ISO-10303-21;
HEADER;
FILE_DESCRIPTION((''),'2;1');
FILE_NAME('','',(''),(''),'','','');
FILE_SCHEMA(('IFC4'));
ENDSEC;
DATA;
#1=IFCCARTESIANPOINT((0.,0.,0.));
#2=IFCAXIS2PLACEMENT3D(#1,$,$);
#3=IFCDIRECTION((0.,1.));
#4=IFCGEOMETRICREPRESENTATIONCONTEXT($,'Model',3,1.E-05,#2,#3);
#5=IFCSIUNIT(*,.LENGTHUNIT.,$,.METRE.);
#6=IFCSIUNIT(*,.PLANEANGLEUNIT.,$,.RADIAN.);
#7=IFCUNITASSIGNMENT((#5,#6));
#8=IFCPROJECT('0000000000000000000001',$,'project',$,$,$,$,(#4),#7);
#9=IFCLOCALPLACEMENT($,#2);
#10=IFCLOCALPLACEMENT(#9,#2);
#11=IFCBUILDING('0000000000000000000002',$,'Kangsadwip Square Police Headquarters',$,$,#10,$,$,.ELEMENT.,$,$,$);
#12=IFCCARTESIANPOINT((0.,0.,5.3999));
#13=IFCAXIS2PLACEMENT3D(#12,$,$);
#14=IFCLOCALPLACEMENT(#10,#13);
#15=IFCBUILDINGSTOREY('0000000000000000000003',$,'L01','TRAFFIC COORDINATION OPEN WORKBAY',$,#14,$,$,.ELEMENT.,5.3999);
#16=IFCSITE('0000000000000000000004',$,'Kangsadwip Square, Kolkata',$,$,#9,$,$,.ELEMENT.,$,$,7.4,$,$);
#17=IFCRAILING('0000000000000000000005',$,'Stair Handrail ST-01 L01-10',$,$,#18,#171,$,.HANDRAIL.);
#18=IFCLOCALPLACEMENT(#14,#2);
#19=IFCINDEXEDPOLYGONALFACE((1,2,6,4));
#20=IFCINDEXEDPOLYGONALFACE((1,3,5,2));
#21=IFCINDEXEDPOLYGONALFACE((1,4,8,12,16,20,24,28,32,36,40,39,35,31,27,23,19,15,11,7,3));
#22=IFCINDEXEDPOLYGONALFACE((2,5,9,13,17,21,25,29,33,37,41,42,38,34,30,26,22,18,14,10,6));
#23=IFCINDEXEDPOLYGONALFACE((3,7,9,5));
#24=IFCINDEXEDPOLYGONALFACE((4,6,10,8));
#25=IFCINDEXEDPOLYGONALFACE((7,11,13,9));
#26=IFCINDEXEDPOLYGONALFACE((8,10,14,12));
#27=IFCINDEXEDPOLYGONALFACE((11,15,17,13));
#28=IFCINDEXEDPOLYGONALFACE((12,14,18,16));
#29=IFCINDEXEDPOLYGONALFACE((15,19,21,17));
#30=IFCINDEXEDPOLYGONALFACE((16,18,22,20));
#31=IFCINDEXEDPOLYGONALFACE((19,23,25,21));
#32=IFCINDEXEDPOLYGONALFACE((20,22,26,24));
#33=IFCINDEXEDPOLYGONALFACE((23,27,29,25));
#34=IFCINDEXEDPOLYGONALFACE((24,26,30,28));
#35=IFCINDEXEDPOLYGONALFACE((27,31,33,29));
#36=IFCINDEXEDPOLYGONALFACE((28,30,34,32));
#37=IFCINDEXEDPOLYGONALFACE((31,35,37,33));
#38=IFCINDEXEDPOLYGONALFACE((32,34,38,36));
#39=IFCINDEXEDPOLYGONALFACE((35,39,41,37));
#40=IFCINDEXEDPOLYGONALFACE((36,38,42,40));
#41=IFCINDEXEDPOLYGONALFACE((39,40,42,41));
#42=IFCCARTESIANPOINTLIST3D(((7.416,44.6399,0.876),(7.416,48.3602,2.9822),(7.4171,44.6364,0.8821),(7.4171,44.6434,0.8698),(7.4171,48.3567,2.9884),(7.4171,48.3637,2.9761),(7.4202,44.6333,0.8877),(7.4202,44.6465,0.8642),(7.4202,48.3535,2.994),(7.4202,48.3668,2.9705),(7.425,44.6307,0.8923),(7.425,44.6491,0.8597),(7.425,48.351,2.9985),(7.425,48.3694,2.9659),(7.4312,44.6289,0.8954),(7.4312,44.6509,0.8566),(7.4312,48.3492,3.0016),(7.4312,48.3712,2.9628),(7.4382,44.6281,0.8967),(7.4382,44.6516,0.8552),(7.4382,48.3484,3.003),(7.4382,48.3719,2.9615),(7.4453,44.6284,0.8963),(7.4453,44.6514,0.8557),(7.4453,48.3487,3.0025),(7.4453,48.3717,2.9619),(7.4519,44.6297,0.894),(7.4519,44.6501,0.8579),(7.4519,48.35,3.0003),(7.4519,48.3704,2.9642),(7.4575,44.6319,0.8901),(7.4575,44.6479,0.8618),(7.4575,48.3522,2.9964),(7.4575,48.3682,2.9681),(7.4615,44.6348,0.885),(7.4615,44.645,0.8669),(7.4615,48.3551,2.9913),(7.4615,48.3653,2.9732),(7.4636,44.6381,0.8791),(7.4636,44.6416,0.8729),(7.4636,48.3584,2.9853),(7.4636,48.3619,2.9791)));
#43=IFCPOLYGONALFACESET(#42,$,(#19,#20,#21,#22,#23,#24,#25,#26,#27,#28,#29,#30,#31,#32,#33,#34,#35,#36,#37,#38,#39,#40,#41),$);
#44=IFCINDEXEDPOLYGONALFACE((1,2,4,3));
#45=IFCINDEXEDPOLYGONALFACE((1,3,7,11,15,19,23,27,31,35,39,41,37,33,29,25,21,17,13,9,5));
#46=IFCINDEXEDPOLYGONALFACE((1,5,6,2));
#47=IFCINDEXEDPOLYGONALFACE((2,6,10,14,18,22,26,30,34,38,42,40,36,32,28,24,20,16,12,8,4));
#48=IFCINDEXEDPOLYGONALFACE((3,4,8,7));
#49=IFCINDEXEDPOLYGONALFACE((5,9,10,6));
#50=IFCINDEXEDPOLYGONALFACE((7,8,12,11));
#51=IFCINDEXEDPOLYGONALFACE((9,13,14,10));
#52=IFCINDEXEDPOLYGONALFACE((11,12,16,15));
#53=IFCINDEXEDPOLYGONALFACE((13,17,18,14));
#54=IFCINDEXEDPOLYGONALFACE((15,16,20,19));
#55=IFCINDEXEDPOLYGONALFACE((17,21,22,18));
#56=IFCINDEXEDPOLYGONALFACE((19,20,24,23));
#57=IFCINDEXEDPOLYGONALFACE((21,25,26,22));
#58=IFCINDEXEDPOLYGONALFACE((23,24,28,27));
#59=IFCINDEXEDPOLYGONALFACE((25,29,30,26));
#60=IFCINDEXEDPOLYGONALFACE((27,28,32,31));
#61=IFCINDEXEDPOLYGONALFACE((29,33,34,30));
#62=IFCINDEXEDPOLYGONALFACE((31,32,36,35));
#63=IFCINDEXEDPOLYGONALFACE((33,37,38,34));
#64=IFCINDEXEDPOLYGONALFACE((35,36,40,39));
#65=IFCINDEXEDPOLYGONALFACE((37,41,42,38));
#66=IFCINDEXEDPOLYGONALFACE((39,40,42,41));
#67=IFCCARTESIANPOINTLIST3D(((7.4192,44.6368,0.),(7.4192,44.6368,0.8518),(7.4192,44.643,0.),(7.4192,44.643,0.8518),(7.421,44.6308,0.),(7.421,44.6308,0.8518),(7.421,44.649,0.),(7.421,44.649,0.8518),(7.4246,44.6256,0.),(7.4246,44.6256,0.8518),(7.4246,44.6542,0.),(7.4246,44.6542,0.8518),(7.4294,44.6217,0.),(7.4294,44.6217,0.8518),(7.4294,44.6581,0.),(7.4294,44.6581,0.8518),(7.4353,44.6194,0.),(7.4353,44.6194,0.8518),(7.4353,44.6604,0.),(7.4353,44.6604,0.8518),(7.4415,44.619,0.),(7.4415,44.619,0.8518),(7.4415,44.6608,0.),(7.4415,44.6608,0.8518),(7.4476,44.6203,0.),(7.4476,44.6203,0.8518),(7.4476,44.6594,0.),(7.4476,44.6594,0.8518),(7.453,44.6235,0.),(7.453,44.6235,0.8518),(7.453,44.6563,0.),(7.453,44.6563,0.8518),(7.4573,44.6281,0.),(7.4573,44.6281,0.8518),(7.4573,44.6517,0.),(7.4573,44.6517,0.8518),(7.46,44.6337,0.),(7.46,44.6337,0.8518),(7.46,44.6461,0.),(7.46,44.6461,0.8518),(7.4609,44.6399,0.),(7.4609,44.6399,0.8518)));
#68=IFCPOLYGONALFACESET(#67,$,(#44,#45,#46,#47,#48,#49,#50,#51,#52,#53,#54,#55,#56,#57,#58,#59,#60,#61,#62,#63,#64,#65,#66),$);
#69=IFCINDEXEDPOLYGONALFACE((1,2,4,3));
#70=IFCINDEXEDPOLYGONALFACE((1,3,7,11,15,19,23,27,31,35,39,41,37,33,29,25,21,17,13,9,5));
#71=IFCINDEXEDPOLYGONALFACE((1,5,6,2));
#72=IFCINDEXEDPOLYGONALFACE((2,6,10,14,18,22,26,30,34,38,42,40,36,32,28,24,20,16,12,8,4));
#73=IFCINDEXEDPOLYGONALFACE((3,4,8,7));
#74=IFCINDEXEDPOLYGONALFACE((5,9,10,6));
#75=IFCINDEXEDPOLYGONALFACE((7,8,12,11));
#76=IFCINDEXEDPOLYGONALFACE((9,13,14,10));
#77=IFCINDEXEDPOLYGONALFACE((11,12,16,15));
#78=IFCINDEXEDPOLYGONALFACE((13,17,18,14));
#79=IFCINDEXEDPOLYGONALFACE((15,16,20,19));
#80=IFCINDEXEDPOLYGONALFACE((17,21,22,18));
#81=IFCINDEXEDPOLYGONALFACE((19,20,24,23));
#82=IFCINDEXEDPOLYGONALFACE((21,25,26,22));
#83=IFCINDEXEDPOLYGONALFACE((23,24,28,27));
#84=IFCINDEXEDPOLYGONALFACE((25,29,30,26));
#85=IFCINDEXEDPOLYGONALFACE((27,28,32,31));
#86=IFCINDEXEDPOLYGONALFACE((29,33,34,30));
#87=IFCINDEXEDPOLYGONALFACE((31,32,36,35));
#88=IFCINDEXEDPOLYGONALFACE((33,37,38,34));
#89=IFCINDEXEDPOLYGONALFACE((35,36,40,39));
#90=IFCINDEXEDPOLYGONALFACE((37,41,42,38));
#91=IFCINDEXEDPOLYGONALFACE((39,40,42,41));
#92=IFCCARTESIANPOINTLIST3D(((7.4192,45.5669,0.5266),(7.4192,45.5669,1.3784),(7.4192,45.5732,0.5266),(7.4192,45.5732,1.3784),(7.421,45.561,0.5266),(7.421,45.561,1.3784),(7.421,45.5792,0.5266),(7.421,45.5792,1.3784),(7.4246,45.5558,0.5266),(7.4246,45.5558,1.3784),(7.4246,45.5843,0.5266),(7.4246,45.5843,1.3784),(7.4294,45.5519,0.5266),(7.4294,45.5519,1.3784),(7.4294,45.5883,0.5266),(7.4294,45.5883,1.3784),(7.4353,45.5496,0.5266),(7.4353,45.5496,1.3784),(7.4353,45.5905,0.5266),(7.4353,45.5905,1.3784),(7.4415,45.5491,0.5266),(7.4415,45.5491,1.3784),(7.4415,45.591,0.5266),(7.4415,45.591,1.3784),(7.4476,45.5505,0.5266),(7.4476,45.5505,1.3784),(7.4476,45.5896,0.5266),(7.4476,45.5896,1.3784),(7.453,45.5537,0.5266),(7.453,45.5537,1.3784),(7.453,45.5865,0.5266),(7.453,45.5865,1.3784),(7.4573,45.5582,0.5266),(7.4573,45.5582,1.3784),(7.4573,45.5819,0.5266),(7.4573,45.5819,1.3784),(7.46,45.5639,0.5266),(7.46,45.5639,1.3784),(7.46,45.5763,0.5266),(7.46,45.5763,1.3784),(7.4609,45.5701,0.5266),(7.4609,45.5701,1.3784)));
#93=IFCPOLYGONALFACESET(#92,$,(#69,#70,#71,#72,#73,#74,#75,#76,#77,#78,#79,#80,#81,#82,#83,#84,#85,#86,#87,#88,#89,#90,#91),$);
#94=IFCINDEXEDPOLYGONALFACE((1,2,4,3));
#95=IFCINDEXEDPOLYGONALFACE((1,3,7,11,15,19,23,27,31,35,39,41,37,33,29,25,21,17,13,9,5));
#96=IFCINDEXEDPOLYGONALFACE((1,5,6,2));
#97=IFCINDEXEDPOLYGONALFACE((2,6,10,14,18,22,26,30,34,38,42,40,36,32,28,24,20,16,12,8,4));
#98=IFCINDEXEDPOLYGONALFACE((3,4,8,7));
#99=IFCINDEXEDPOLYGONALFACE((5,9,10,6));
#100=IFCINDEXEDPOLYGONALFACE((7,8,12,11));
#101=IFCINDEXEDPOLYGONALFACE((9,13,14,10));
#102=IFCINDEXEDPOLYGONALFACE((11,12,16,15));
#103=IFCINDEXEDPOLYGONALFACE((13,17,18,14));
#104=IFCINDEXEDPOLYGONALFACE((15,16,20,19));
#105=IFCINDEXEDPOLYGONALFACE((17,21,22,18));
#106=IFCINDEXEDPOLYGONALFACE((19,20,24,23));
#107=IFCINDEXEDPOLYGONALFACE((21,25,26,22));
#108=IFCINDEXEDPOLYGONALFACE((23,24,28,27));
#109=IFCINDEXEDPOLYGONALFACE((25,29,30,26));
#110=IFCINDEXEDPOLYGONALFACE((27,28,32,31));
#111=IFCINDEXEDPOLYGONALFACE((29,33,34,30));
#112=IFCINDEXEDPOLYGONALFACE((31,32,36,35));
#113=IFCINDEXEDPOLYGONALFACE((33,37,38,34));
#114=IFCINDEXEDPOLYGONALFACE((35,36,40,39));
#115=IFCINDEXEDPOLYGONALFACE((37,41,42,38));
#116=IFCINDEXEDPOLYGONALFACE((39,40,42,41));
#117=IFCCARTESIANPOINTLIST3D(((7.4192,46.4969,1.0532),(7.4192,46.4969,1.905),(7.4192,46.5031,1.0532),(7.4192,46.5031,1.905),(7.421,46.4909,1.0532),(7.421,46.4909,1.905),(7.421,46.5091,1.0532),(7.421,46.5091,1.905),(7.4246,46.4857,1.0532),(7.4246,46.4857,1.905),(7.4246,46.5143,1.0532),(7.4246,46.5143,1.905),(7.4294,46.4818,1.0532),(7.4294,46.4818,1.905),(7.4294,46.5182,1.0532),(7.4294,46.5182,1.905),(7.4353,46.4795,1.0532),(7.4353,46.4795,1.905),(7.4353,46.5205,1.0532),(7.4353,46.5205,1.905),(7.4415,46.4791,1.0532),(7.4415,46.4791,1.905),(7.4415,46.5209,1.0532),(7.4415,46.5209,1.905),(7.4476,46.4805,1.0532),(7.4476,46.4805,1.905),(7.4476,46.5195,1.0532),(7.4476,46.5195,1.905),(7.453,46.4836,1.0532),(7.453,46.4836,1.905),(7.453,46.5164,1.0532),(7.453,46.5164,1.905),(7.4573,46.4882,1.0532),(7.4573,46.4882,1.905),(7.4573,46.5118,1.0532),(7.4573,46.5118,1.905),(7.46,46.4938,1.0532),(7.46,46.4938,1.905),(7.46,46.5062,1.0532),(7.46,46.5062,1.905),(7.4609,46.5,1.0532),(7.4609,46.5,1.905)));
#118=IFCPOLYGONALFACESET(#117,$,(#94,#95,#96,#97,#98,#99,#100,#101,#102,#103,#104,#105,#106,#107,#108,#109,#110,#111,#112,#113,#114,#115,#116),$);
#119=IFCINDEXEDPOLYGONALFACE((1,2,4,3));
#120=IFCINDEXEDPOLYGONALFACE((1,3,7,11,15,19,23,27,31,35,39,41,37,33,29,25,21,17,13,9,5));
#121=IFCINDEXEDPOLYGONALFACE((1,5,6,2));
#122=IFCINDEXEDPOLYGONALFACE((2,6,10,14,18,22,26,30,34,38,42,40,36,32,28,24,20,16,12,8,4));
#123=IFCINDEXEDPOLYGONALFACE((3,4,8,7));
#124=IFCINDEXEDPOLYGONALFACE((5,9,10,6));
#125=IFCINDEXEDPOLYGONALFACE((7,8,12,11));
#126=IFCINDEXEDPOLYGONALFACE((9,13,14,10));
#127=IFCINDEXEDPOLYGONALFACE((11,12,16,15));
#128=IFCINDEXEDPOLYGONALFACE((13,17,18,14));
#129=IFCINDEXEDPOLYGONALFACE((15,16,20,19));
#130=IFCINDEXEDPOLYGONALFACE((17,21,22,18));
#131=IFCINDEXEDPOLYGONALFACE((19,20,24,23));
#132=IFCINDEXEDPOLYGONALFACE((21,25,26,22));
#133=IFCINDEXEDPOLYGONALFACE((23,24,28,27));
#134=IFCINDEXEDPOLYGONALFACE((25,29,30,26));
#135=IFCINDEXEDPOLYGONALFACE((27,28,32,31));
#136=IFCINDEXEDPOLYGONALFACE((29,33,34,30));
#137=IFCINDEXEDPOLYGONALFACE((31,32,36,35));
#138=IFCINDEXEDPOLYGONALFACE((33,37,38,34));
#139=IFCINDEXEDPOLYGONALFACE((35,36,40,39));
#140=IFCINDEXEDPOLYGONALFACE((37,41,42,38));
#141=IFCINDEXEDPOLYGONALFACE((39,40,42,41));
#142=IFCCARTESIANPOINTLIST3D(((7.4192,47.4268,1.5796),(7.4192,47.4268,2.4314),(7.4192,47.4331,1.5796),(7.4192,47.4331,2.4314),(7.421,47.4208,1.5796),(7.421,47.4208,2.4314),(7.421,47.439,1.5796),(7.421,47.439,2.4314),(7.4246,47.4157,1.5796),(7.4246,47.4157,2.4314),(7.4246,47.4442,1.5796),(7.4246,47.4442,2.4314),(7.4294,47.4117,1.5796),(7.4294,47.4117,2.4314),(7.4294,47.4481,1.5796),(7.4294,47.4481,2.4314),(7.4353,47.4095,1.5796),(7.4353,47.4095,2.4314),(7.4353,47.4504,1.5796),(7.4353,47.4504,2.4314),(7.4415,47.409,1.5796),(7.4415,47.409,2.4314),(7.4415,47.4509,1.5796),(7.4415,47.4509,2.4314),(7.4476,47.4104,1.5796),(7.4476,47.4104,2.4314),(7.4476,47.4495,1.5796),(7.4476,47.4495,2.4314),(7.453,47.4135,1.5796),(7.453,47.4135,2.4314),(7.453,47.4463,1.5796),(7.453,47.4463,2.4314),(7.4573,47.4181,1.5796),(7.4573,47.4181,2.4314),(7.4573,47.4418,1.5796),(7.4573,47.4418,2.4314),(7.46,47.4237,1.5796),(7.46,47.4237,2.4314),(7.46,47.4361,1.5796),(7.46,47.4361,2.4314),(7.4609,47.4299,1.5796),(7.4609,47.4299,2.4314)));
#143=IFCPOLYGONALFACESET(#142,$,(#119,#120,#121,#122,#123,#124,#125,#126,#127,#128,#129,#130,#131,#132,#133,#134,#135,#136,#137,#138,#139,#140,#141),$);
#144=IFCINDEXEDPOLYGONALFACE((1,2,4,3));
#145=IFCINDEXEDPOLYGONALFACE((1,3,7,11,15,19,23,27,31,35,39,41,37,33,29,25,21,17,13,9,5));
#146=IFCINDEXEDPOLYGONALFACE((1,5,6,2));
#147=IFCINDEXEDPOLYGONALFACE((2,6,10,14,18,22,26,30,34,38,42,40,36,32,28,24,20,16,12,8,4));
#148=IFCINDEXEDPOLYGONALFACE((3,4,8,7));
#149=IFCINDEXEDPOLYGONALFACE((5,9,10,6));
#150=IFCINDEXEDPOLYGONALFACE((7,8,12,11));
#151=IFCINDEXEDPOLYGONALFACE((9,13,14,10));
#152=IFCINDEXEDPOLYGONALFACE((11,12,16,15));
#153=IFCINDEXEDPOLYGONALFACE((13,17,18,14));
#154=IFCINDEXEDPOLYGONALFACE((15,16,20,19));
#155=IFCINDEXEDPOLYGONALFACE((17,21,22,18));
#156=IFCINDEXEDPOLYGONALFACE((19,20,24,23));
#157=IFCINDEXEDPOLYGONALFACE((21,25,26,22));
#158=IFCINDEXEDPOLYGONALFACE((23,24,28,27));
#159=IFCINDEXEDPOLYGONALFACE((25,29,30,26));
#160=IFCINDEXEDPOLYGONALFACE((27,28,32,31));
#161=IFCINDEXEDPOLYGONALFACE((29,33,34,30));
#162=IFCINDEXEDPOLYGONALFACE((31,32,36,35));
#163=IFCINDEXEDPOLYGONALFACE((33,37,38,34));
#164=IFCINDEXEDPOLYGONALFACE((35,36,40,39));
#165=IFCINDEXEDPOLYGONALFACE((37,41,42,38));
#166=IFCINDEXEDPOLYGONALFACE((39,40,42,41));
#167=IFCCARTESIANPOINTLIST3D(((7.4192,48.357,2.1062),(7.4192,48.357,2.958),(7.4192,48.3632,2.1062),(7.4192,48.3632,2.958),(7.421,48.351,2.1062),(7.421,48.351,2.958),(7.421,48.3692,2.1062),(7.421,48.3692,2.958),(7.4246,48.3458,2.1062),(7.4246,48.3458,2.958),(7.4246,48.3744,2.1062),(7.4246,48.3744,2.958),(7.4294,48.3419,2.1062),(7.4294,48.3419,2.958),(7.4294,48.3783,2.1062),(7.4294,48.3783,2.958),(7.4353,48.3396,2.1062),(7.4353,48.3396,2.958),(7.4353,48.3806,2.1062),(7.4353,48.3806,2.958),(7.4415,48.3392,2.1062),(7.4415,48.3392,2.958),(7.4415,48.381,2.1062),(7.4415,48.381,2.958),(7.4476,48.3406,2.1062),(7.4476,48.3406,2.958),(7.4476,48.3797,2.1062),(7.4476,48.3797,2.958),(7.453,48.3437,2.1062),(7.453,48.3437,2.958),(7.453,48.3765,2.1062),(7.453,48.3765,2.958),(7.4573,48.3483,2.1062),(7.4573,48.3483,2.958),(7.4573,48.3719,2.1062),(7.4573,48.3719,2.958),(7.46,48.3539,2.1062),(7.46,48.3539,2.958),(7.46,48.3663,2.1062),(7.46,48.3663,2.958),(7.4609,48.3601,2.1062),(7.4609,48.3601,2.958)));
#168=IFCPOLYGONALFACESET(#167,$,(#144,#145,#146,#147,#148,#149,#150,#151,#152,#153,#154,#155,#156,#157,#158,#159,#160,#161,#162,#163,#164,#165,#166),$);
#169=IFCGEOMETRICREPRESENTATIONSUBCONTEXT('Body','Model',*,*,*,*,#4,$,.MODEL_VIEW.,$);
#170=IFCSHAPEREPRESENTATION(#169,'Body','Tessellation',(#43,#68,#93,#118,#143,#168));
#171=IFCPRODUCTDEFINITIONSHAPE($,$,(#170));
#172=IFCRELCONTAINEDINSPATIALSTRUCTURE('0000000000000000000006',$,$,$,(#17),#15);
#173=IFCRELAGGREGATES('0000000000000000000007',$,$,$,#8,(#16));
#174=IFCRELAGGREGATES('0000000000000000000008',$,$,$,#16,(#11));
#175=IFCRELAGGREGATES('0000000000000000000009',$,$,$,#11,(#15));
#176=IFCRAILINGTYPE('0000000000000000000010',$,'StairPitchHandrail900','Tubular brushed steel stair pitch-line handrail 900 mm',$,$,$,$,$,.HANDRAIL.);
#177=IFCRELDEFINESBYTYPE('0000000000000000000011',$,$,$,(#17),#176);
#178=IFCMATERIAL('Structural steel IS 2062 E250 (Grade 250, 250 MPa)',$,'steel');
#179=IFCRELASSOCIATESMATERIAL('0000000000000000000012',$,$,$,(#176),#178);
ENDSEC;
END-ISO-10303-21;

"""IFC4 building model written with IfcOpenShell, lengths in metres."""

from ifc_helpers import new_model, si_unit, direction, frame, origin, origin_2d, place, context, subcontext, project, spatial, circle, extrude, material, type_object, element, save


model = new_model("IFC4")

# Units and contexts
model_context = context("Model", 3, precision=1e-05, world=origin(), true_north=direction((0.0, 1.0)))
body_context = subcontext(model_context, "Body", "Model", "MODEL_VIEW")
ifc_project = project(units=[si_unit("LENGTHUNIT", "METRE"), si_unit("PLANEANGLEUNIT", "RADIAN")], contexts=[model_context])

# Site, building, storey
site_placement = place(None, origin())
site = spatial("IfcSite", under=ifc_project, at=site_placement, Name="Kangsadwip Square, Kolkata", CompositionType="ELEMENT", RefElevation=7.4)
building_placement = place(site_placement, origin())
building = spatial("IfcBuilding", under=site, at=building_placement, Name="Kangsadwip Square Police Headquarters", CompositionType="ELEMENT")
storey_placement = place(building_placement, frame((0.0, 0.0, 5.3999)))
storey = spatial("IfcBuildingStorey", under=building, at=storey_placement, Name="L01", Description="TRAFFIC COORDINATION OPEN WORKBAY", CompositionType="ELEMENT", Elevation=5.3999)

# Railing
ifc_material_1 = material(Name="Structural steel IS 2062 E250 (Grade 250, 250 MPa)", Category="steel")
railing_type_1 = type_object("IfcRailingType", Name="StairPitchHandrail900", Description="Tubular brushed steel stair pitch-line handrail 900 mm", PredefinedType="HANDRAIL", material=ifc_material_1)
railing_1_placement = place(storey_placement, frame((7.4399, 44.6399, 0.0)))
element("IfcRailing", 1, at=railing_1_placement, inside=storey, type_object=railing_type_1, Name="Stair Handrail ST-01 L01-10", PredefinedType="HANDRAIL", context=body_context, shape_type="SweptSolid", body=[
    extrude(circle(Radius=0.0239, at=origin_2d()), frame((0.0, 0.0, 0.876), z_axis=(0.0, 0.870215, 0.492672), x_axis=(-1.0, 0.0, 0.0)), (0.0, 0.0, 1.0), 4.2751),
    extrude(circle(Radius=0.021, at=origin_2d()), origin(), (0.0, 0.0, 1.0), 0.8518),
    extrude(circle(Radius=0.021, at=origin_2d()), frame((0.0, 0.9302, 0.5266)), (0.0, 0.0, 1.0), 0.8518),
    extrude(circle(Radius=0.021, at=origin_2d()), frame((0.0, 1.8601, 1.0532)), (0.0, 0.0, 1.0), 0.8518),
    extrude(circle(Radius=0.021, at=origin_2d()), frame((0.0, 2.79, 1.5796)), (0.0, 0.0, 1.0), 0.8518),
    extrude(circle(Radius=0.021, at=origin_2d()), frame((0.0, 3.7202, 2.1062)), (0.0, 0.0, 1.0), 0.8518),
])

save(model, "model.ifc")
